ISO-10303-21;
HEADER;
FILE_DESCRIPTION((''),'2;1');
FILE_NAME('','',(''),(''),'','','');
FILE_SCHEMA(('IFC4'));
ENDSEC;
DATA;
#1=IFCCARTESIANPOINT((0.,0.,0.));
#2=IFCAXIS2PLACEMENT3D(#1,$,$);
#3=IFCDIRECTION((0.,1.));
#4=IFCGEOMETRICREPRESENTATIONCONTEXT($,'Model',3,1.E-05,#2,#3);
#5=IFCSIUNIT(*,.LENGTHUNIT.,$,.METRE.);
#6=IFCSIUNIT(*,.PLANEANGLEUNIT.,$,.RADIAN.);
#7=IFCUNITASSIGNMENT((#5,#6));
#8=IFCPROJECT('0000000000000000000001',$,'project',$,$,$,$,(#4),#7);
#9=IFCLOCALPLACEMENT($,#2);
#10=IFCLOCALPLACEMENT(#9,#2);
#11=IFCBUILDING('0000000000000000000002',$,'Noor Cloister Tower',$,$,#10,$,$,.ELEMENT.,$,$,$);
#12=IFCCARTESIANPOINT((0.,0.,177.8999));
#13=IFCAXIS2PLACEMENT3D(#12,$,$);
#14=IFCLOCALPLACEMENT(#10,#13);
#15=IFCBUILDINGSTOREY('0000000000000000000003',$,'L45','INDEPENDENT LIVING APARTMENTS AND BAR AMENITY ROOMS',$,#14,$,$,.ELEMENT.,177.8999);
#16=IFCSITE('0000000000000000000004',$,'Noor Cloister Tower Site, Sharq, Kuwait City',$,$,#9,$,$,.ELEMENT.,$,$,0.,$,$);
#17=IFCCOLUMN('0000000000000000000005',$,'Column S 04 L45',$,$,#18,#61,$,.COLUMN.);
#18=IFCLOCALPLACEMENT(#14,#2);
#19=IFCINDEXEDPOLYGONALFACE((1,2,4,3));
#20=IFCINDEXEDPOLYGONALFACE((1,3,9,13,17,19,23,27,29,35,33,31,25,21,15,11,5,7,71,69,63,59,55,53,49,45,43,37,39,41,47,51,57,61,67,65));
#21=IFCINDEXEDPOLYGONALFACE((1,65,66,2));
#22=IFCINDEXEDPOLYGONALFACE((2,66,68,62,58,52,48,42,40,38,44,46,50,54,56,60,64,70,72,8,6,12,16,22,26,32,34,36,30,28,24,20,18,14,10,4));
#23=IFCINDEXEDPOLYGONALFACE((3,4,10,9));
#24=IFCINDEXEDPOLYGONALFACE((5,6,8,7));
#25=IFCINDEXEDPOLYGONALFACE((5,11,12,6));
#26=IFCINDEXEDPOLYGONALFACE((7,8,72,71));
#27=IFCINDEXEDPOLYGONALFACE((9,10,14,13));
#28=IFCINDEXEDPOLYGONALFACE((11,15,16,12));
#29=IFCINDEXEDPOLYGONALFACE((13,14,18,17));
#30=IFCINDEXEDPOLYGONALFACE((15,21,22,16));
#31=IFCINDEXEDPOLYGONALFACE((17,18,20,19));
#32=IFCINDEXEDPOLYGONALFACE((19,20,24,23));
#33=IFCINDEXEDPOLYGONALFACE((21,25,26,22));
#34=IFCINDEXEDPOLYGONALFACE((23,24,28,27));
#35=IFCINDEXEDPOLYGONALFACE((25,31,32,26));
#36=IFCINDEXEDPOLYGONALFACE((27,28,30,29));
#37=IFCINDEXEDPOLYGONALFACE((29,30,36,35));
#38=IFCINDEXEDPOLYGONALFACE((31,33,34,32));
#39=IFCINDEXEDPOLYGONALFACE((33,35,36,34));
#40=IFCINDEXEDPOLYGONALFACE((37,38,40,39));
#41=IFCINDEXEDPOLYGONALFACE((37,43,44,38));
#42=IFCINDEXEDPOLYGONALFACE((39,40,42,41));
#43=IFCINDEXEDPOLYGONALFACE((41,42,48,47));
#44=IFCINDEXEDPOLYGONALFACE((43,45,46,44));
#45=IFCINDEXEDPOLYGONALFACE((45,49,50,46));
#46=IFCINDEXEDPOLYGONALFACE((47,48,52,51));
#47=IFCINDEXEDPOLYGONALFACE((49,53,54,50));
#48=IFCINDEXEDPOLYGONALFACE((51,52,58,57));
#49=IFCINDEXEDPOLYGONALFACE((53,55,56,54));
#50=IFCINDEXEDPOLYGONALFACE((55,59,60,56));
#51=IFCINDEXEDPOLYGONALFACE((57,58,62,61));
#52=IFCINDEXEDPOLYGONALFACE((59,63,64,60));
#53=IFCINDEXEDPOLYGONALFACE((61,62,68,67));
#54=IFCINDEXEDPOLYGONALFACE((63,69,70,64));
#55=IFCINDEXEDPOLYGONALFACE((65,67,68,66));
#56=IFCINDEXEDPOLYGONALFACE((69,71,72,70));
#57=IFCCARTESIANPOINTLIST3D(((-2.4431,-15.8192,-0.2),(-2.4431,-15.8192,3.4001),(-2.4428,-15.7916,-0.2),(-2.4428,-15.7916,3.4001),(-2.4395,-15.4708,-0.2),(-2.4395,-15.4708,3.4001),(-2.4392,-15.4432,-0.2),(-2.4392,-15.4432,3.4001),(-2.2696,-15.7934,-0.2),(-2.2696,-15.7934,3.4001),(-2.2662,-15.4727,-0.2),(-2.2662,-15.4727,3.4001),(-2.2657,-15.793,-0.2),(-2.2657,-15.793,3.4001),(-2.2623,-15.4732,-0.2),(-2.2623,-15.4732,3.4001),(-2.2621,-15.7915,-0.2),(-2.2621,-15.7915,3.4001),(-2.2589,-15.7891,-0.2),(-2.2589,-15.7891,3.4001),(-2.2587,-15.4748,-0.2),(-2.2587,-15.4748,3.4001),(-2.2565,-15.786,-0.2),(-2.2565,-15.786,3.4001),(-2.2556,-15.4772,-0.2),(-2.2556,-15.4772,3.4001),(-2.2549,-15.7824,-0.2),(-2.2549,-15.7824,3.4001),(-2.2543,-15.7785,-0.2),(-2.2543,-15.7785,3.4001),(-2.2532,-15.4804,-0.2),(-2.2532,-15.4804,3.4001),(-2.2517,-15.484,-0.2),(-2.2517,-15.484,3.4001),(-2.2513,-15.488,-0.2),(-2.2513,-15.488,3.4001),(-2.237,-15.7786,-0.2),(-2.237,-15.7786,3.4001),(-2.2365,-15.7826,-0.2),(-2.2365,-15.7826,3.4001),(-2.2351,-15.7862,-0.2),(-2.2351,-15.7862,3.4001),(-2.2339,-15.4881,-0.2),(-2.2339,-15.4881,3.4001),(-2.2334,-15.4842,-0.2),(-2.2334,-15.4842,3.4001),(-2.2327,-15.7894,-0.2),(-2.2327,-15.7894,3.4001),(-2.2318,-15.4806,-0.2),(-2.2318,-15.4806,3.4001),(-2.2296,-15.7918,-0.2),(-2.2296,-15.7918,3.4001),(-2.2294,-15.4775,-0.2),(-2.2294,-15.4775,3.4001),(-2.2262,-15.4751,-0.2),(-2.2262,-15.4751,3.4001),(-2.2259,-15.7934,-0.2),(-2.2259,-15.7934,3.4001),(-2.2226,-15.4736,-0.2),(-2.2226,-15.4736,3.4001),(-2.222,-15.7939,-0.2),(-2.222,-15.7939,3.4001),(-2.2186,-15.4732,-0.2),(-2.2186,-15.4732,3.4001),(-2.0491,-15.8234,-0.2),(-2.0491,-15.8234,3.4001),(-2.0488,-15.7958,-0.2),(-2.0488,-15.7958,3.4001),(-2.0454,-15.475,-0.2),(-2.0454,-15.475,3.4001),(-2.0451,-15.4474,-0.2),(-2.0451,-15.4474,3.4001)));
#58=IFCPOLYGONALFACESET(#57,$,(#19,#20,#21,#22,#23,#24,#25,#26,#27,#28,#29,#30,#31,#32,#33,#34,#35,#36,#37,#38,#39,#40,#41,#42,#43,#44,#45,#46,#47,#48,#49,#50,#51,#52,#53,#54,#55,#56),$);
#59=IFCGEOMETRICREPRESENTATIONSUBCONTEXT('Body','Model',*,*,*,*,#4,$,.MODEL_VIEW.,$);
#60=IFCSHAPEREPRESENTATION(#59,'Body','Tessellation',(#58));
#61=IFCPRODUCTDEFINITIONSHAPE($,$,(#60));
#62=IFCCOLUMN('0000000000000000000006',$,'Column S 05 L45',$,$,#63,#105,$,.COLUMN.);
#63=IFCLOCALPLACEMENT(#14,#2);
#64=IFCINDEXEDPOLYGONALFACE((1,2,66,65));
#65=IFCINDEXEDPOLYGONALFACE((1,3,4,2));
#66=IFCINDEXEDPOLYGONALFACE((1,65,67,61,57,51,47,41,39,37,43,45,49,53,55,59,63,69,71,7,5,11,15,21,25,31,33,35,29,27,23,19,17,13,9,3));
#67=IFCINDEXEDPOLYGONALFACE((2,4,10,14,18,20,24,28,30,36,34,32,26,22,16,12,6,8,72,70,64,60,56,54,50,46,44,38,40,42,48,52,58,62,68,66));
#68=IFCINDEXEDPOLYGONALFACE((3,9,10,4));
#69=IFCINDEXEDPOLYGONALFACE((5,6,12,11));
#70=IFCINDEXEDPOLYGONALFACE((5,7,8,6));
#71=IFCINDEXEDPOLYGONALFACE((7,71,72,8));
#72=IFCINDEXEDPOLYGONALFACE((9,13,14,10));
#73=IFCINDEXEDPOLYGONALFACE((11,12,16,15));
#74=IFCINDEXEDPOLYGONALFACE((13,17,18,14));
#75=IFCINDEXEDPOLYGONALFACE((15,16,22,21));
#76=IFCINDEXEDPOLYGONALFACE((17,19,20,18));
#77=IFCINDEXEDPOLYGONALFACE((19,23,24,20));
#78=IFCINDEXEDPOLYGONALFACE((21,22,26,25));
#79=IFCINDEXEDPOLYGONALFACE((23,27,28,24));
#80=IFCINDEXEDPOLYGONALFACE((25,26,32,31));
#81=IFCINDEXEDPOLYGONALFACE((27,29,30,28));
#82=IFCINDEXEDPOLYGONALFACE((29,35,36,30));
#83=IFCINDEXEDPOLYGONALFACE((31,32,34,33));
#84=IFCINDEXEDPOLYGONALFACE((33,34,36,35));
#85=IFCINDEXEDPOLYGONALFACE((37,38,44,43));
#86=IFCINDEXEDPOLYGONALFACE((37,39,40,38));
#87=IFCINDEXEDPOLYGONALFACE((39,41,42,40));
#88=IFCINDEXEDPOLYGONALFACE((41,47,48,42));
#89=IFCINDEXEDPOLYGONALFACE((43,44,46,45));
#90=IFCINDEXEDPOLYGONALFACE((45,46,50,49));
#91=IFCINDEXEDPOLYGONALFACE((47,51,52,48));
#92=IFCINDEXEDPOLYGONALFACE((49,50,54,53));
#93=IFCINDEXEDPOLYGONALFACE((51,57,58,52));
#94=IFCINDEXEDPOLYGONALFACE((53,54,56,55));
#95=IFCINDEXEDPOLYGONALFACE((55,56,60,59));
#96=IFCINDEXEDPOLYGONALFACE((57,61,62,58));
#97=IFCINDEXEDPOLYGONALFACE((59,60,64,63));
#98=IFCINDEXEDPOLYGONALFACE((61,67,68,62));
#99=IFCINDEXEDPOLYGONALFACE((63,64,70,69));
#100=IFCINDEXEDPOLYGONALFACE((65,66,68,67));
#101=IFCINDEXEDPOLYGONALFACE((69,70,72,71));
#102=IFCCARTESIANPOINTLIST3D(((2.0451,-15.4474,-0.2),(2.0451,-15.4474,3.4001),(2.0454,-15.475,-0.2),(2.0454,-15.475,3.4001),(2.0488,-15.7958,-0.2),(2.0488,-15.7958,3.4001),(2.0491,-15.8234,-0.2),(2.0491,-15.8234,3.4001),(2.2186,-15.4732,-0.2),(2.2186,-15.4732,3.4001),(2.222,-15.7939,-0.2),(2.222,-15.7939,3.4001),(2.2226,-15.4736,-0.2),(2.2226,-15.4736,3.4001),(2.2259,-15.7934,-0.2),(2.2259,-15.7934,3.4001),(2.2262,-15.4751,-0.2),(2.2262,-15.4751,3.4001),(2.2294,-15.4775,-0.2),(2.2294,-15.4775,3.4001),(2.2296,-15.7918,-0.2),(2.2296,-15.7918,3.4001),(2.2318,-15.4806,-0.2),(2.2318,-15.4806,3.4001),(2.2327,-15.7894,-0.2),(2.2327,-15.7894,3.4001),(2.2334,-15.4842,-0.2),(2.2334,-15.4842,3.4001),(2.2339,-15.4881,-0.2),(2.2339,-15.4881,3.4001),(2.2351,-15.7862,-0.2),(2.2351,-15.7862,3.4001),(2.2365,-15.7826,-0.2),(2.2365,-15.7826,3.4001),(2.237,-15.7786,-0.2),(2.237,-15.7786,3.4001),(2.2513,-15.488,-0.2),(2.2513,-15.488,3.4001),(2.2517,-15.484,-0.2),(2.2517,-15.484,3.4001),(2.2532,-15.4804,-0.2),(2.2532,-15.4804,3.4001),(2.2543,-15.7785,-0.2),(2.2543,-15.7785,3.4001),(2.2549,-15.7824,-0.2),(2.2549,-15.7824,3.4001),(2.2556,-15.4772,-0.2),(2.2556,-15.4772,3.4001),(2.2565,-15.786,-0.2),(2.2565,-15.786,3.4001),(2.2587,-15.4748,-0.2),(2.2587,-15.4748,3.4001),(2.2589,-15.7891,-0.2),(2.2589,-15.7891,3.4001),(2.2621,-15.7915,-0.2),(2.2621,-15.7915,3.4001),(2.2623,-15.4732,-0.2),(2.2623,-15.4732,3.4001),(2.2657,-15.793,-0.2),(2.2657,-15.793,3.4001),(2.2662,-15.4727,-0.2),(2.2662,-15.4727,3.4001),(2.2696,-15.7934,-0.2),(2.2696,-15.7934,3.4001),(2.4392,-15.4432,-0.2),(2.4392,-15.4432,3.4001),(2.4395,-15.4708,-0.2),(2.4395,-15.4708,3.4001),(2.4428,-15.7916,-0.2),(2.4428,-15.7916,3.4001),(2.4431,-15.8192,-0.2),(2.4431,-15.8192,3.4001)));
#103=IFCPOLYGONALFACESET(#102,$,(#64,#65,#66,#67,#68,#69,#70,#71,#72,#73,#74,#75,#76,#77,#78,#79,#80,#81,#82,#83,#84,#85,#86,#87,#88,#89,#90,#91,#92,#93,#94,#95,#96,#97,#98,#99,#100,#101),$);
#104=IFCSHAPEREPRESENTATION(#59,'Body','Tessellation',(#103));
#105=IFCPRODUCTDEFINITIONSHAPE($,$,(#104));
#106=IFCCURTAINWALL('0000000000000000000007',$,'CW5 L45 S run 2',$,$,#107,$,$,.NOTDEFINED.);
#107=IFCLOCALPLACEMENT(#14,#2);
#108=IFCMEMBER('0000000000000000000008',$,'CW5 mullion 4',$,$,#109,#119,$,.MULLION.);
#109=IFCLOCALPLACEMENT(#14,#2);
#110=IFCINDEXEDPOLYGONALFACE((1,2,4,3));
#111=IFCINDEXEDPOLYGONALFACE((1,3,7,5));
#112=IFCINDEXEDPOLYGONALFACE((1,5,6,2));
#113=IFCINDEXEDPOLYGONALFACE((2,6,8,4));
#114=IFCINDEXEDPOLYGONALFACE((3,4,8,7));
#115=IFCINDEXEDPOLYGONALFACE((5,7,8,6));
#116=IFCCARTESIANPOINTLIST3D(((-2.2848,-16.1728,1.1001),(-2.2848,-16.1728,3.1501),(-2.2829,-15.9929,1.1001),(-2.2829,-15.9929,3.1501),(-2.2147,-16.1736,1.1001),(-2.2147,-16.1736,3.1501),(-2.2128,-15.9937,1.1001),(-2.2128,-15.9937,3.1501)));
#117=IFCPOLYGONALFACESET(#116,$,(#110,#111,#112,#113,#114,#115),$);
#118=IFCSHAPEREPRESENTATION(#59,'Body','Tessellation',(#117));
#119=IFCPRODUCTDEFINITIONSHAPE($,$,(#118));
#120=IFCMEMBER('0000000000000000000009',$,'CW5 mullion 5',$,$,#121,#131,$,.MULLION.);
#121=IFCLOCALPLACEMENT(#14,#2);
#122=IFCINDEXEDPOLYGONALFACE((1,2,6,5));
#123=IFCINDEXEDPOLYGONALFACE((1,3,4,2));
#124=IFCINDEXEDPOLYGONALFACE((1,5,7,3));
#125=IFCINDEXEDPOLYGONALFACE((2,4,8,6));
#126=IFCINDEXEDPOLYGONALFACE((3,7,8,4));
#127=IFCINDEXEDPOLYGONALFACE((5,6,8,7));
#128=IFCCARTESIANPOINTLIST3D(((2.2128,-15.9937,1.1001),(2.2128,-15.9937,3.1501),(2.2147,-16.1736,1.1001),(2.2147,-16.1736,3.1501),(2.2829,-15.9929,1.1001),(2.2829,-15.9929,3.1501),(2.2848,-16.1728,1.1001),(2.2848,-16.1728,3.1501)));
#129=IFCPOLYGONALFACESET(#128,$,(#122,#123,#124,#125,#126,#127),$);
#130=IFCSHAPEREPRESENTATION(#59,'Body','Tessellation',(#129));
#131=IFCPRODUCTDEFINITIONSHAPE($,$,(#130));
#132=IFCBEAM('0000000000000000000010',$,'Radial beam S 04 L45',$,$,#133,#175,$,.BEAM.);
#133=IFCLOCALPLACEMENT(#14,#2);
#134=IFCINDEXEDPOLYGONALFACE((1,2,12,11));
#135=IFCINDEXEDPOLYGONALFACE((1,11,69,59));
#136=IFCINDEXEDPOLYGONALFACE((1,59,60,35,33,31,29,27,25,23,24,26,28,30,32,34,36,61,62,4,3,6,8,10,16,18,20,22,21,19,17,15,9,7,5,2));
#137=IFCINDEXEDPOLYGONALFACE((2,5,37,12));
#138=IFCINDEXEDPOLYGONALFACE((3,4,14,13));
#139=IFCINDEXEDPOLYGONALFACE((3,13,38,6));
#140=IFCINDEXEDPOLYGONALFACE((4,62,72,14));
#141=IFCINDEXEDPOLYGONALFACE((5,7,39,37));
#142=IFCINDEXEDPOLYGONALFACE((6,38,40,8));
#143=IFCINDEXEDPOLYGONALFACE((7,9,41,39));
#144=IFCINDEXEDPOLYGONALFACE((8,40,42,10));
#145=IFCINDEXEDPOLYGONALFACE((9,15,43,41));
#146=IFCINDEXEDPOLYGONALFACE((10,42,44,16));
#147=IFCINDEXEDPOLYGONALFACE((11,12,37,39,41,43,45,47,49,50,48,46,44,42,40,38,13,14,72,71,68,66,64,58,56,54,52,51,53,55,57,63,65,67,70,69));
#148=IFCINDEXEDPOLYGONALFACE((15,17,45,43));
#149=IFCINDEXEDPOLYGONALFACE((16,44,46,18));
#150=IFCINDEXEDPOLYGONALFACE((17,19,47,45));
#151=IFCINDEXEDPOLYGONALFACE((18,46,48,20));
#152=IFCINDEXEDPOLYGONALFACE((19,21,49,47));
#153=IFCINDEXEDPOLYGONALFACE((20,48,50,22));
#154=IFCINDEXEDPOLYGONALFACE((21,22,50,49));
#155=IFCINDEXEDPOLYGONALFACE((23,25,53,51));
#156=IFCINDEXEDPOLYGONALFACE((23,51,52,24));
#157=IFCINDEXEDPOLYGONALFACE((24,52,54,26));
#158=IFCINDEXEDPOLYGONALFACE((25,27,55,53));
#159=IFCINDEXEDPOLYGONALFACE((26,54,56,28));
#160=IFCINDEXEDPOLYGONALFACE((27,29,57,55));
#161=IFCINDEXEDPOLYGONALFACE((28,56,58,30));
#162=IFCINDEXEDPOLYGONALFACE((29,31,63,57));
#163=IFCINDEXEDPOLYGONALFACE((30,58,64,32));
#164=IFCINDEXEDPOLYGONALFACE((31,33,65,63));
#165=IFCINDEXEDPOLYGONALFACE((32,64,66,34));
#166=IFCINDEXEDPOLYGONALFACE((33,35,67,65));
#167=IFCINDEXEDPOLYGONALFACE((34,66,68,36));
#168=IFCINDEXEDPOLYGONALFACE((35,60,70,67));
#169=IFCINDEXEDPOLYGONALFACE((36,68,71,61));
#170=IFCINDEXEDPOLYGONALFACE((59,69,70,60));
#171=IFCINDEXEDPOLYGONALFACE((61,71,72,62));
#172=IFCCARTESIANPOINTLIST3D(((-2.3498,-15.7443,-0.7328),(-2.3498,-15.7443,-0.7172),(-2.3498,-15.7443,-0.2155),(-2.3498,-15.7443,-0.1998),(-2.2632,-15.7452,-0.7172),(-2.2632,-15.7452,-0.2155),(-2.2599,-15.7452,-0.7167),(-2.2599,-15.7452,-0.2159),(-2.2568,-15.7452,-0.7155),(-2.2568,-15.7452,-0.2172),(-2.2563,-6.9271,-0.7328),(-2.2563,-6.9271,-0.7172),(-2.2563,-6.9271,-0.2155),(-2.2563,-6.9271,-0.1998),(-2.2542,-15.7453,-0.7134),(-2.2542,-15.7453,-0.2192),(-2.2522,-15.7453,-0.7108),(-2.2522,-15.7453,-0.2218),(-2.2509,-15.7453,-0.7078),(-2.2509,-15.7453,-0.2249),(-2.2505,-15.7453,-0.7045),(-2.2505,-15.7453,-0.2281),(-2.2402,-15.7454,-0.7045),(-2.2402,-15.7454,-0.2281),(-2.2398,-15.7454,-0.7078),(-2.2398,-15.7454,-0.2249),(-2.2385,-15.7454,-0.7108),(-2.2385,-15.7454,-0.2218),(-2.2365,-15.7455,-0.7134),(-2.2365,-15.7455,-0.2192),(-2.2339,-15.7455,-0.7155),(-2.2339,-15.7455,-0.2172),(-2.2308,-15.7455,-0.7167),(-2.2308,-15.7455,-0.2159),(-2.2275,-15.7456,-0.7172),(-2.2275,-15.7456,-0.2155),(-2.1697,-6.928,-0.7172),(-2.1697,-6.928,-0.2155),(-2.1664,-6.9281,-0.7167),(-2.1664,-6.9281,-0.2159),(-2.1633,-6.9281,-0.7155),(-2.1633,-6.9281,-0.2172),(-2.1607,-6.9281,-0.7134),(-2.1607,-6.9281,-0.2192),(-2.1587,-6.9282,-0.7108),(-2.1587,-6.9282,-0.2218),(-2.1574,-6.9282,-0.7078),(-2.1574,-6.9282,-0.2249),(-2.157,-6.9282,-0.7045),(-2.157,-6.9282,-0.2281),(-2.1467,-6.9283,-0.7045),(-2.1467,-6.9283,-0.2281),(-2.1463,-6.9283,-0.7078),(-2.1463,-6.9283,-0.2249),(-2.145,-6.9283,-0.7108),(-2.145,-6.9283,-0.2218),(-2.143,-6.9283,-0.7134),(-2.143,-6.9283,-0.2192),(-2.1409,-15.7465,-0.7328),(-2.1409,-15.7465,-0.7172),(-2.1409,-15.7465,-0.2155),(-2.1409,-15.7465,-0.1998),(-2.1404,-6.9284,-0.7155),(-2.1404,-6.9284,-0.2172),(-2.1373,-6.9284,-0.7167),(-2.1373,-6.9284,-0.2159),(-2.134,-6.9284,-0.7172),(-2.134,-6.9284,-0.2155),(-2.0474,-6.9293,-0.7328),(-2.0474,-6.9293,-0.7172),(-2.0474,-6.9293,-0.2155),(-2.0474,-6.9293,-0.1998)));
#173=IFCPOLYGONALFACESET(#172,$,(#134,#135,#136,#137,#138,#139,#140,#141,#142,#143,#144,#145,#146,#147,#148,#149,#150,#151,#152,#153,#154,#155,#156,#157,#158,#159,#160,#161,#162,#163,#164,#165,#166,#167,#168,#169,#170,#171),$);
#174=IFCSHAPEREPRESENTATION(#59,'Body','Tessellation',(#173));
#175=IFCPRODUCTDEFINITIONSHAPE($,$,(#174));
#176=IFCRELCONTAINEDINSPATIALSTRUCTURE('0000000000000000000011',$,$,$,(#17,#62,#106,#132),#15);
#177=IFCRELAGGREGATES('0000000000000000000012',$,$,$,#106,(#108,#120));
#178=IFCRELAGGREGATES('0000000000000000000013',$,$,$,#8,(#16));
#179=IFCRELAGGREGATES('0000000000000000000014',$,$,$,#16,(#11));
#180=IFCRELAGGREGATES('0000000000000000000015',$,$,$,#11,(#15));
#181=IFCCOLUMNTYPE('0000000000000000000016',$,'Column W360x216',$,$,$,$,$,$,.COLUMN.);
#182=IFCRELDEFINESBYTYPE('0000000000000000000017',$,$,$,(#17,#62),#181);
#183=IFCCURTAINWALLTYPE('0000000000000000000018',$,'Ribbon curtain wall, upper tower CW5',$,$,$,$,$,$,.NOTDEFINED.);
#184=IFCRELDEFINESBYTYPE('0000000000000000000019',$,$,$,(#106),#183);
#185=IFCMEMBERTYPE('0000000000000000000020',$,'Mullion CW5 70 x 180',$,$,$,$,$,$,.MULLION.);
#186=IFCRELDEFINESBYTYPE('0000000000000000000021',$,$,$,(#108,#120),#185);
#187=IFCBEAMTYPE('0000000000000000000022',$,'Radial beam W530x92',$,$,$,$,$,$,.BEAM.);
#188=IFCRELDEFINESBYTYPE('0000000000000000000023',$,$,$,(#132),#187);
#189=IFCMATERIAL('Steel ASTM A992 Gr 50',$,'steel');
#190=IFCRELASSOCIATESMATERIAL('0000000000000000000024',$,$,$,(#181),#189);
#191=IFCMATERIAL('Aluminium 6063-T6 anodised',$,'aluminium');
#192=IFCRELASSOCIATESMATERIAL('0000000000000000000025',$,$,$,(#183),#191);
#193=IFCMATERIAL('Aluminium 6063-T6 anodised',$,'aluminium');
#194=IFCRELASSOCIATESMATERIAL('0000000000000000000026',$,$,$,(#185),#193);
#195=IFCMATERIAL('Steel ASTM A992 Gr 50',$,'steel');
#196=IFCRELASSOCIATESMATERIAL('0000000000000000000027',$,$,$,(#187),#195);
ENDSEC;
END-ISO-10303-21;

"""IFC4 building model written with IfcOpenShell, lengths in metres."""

from ifc_helpers import new_model, si_unit, direction, frame, origin, origin_2d, place, context, subcontext, project, spatial, rectangle, i_section, extrude, material, material_profile, profile_set, type_object, element, aggregate, save


model = new_model("IFC4")

# Units and contexts
model_context = context("Model", 3, precision=1e-05, world=origin(), true_north=direction((0.0, 1.0)))
body_context = subcontext(model_context, "Body", "Model", "MODEL_VIEW")
ifc_project = project(units=[si_unit("LENGTHUNIT", "METRE"), si_unit("PLANEANGLEUNIT", "RADIAN")], contexts=[model_context])

# Site, building, storey
site_placement = place(None, origin())
site = spatial("IfcSite", under=ifc_project, at=site_placement, Name="Noor Cloister Tower Site, Sharq, Kuwait City", CompositionType="ELEMENT", RefElevation=0.0)
building_placement = place(site_placement, origin())
building = spatial("IfcBuilding", under=site, at=building_placement, Name="Noor Cloister Tower", CompositionType="ELEMENT")
storey_placement = place(building_placement, frame((0.0, 0.0, 177.8999)))
storey = spatial("IfcBuildingStorey", under=building, at=storey_placement, Name="L45", Description="INDEPENDENT LIVING APARTMENTS AND BAR AMENITY ROOMS", CompositionType="ELEMENT", Elevation=177.8999)

# Columns
ifc_material_1 = material(Name="Steel ASTM A992 Gr 50", Category="steel")
ifc_material_profile_1 = material_profile(ifc_material_1, i_section(OverallWidth=0.394, OverallDepth=0.376, WebThickness=0.0173, FlangeThickness=0.0276, FilletRadius=0.0151, at=origin_2d()), Name="W360x216")
ifc_profile_set_1 = profile_set([ifc_material_profile_1], Name="Steel ASTM A992 Gr 50")
column_type = type_object("IfcColumnType", Name="Column W360x216", PredefinedType="COLUMN", material=ifc_profile_set_1)
for number, where, z_axis, x_axis, name in (
    (1, (-2.2441, -15.6333, -0.2), (0.0, 0.0, 1.0), (0.999944, -0.010591, 0.0), "Column S 04 L45"),
    (2, (2.2441, -15.6333, -0.2), (0.0, 0.0, 1.0), (0.999944, 0.010591, 0.0), "Column S 05 L45"),
):
    element("IfcColumn", number, at=place(storey_placement, frame(where, z_axis=z_axis, x_axis=x_axis)), inside=storey, type_object=column_type, Name=name, PredefinedType="COLUMN", context=body_context, shape_type="SweptSolid", body=[
        extrude(i_section(OverallWidth=0.394, OverallDepth=0.376, WebThickness=0.0173, FlangeThickness=0.0276, FilletRadius=0.0151, at=origin_2d()), origin(), (0.0, 0.0, 1.0), 3.6001),
    ])

# Curtain wall, members
ifc_material_2 = material(Name="Aluminium 6063-T6 anodised", Category="aluminium")
curtain_wall_type = type_object("IfcCurtainWallType", Name="Ribbon curtain wall, upper tower CW5", PredefinedType="NOTDEFINED", material=ifc_material_2)
curtain_wall_placement = place(storey_placement, origin())
curtain_wall = element("IfcCurtainWall", 3, at=curtain_wall_placement, inside=storey, type_object=curtain_wall_type, Name="CW5 L45 S run 2", PredefinedType="NOTDEFINED")
ifc_material_3 = material(Name="Aluminium 6063-T6 anodised", Category="aluminium")
ifc_material_profile_2 = material_profile(ifc_material_3, rectangle(XDim=0.1799, YDim=0.0701, at=origin_2d()), Name="180 x 70 mullion")
ifc_profile_set_2 = profile_set([ifc_material_profile_2], Name="Aluminium 6063-T6 anodised")
member_type = type_object("IfcMemberType", Name="Mullion CW5 70 x 180", PredefinedType="MULLION", material=ifc_profile_set_2)
member_1_placement = place(storey_placement, frame((-2.2488, -16.0833, 1.1001), z_axis=(0.0, 0.0, 1.0), x_axis=(0.010591, 0.999944, 0.0)))
member_1 = element("IfcMember", 4, at=member_1_placement, type_object=member_type, Name="CW5 mullion 4", PredefinedType="MULLION", context=body_context, shape_type="SweptSolid", body=[
    extrude(rectangle(XDim=0.1799, YDim=0.0701, at=origin_2d()), origin(), (0.0, 0.0, 1.0), 2.05),
])
member_2_placement = place(storey_placement, frame((2.2488, -16.0833, 1.1001), z_axis=(0.0, 0.0, 1.0), x_axis=(-0.010591, 0.999944, 0.0)))
member_2 = element("IfcMember", 5, at=member_2_placement, type_object=member_type, Name="CW5 mullion 5", PredefinedType="MULLION", context=body_context, shape_type="SweptSolid", body=[
    extrude(rectangle(XDim=0.1799, YDim=0.0701, at=origin_2d()), origin(), (0.0, 0.0, 1.0), 2.05),
])

# Beam
ifc_material_4 = material(Name="Steel ASTM A992 Gr 50", Category="steel")
ifc_material_profile_3 = material_profile(ifc_material_4, i_section(OverallWidth=0.209, OverallDepth=0.533, WebThickness=0.0103, FlangeThickness=0.0156, FilletRadius=0.0127, at=origin_2d()), Name="W530x92")
ifc_profile_set_3 = profile_set([ifc_material_profile_3], Name="Steel ASTM A992 Gr 50")
beam_type_1 = type_object("IfcBeamType", Name="Radial beam W530x92", PredefinedType="BEAM", material=ifc_profile_set_3)
for number, where, z_axis, x_axis, name in (
    (6, (-2.2454, -15.7454, -0.4663), (0.010604, 0.999944, 0.0), (-0.999944, 0.010604, 0.0), "Radial beam S 04 L45"),
):
    element("IfcBeam", number, at=place(storey_placement, frame(where, z_axis=z_axis, x_axis=x_axis)), inside=storey, type_object=beam_type_1, Name=name, PredefinedType="BEAM", context=body_context, shape_type="SweptSolid", body=[
        extrude(i_section(OverallWidth=0.209, OverallDepth=0.533, WebThickness=0.0103, FlangeThickness=0.0156, FilletRadius=0.0127, at=origin_2d()), origin(), (0.0, 0.0, 1.0), 8.8176),
    ])

aggregate(curtain_wall, [member_1, member_2])

save(model, "model.ifc")
